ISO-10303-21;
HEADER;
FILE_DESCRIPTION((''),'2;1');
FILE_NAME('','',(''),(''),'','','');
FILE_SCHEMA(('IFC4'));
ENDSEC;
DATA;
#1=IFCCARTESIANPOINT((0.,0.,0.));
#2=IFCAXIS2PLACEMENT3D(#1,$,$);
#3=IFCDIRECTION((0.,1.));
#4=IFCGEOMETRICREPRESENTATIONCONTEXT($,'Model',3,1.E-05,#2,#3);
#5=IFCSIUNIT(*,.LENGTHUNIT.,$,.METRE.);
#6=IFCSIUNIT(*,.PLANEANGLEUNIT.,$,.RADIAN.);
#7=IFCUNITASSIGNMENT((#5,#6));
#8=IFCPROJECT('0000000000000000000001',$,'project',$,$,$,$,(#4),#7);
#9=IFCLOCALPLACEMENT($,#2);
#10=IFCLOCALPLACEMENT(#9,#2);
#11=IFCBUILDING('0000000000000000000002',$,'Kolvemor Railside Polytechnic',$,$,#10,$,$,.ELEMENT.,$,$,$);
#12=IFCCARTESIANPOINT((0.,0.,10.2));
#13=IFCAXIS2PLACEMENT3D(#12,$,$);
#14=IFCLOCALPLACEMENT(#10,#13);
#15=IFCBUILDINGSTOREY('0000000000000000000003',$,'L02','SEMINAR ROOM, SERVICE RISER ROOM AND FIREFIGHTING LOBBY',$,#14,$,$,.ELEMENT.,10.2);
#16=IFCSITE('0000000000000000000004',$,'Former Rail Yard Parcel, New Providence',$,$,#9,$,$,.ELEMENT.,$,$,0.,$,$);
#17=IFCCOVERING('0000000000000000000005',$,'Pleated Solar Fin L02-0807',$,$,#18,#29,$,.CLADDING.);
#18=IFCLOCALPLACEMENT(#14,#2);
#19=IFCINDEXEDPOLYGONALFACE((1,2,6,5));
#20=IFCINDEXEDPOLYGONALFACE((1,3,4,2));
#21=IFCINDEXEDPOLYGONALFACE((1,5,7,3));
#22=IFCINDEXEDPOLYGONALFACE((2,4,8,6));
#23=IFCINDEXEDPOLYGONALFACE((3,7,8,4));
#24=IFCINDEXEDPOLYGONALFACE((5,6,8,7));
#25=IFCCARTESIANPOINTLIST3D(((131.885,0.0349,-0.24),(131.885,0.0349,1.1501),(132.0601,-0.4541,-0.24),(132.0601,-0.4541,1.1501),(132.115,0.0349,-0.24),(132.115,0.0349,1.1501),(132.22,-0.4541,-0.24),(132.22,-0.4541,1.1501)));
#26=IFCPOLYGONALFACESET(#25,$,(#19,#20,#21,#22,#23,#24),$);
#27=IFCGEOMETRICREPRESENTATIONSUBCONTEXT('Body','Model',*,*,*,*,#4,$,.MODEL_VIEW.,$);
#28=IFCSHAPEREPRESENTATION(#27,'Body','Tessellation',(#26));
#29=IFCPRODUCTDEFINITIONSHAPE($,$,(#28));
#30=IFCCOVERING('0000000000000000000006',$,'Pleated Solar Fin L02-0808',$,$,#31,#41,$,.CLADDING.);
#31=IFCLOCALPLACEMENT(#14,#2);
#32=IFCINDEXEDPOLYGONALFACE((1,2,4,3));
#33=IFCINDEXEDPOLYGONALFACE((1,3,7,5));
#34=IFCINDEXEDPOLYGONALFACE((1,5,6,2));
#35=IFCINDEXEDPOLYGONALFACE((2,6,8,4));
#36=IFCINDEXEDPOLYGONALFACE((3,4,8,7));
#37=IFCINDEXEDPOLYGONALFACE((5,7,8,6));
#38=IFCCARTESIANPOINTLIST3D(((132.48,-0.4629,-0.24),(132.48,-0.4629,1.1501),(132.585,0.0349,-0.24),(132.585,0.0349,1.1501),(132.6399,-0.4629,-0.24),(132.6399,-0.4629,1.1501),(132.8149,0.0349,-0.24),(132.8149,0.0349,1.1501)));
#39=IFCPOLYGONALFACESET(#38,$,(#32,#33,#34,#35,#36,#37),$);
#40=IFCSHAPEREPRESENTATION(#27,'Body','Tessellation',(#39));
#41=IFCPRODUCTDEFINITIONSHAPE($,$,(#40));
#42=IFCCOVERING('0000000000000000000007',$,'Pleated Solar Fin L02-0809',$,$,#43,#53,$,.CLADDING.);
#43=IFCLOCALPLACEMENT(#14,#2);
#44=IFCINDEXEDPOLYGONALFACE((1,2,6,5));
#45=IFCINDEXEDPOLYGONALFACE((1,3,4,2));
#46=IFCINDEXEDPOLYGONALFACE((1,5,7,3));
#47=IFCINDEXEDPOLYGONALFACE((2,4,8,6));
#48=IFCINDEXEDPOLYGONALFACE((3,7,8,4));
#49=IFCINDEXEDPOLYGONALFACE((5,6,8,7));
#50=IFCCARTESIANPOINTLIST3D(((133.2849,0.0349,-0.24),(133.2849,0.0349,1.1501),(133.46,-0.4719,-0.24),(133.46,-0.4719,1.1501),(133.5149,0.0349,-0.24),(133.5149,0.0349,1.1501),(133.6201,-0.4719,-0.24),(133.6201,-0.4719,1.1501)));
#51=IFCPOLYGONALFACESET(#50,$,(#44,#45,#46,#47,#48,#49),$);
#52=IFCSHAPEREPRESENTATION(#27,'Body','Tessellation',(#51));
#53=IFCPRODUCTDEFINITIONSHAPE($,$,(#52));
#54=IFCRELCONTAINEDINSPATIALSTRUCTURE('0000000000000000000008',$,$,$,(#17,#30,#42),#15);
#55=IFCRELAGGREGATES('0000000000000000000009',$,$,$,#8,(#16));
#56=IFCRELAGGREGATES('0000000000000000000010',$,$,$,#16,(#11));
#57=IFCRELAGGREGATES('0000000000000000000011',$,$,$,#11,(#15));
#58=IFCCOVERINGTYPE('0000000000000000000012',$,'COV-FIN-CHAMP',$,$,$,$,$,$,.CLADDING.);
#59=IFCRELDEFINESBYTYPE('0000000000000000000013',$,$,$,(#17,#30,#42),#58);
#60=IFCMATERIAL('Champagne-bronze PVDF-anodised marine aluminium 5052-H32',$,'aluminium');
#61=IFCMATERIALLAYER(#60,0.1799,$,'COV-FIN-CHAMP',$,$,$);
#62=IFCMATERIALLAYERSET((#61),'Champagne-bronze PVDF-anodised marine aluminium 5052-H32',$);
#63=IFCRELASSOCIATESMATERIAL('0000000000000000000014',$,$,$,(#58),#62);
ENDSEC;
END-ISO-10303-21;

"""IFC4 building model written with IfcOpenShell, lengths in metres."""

from ifc_helpers import new_model, si_unit, direction, frame, origin, place, context, subcontext, project, spatial, polyline, outline, extrude, material, layer, layer_set, type_object, element, save


model = new_model("IFC4")

# Units and contexts
model_context = context("Model", 3, precision=1e-05, world=origin(), true_north=direction((0.0, 1.0)))
body_context = subcontext(model_context, "Body", "Model", "MODEL_VIEW")
ifc_project = project(units=[si_unit("LENGTHUNIT", "METRE"), si_unit("PLANEANGLEUNIT", "RADIAN")], contexts=[model_context])

# Site, building, storey
site_placement = place(None, origin())
site = spatial("IfcSite", under=ifc_project, at=site_placement, Name="Former Rail Yard Parcel, New Providence", CompositionType="ELEMENT", RefElevation=0.0)
building_placement = place(site_placement, origin())
building = spatial("IfcBuilding", under=site, at=building_placement, Name="Kolvemor Railside Polytechnic", CompositionType="ELEMENT")
storey_placement = place(building_placement, frame((0.0, 0.0, 10.2)))
storey = spatial("IfcBuildingStorey", under=building, at=storey_placement, Name="L02", Description="SEMINAR ROOM, SERVICE RISER ROOM AND FIREFIGHTING LOBBY", CompositionType="ELEMENT", Elevation=10.2)

# Coverings
ifc_material_1 = material(Name="Champagne-bronze PVDF-anodised marine aluminium 5052-H32", Category="aluminium")
ifc_layer_1 = layer(ifc_material_1, 0.1799, Name="COV-FIN-CHAMP")
ifc_layer_set_1 = layer_set([ifc_layer_1], Name="Champagne-bronze PVDF-anodised marine aluminium 5052-H32")
covering_type = type_object("IfcCoveringType", Name="COV-FIN-CHAMP", PredefinedType="CLADDING", material=ifc_layer_set_1)
covering_1_placement = place(storey_placement, frame((0.0, 0.0, -0.24)))
element("IfcCovering", 1, at=covering_1_placement, inside=storey, type_object=covering_type, Name="Pleated Solar Fin L02-0807", PredefinedType="CLADDING", context=body_context, shape_type="SweptSolid", body=[
    extrude(outline(polyline([(131.885, 0.0349), (132.115, 0.0349), (132.22, -0.4541), (132.0601, -0.4541), (131.885, 0.0349)])), origin(), (0.0, 0.0, 1.0), 1.3901),
])
covering_2_placement = place(storey_placement, frame((0.0, 0.0, -0.24)))
element("IfcCovering", 2, at=covering_2_placement, inside=storey, type_object=covering_type, Name="Pleated Solar Fin L02-0808", PredefinedType="CLADDING", context=body_context, shape_type="SweptSolid", body=[
    extrude(outline(polyline([(132.585, 0.0349), (132.8149, 0.0349), (132.6399, -0.4629), (132.48, -0.4629), (132.585, 0.0349)])), origin(), (0.0, 0.0, 1.0), 1.3901),
])
covering_3_placement = place(storey_placement, frame((0.0, 0.0, -0.24)))
element("IfcCovering", 3, at=covering_3_placement, inside=storey, type_object=covering_type, Name="Pleated Solar Fin L02-0809", PredefinedType="CLADDING", context=body_context, shape_type="SweptSolid", body=[
    extrude(outline(polyline([(133.2849, 0.0349), (133.5149, 0.0349), (133.6201, -0.4719), (133.46, -0.4719), (133.2849, 0.0349)])), origin(), (0.0, 0.0, 1.0), 1.3901),
])

save(model, "model.ifc")
